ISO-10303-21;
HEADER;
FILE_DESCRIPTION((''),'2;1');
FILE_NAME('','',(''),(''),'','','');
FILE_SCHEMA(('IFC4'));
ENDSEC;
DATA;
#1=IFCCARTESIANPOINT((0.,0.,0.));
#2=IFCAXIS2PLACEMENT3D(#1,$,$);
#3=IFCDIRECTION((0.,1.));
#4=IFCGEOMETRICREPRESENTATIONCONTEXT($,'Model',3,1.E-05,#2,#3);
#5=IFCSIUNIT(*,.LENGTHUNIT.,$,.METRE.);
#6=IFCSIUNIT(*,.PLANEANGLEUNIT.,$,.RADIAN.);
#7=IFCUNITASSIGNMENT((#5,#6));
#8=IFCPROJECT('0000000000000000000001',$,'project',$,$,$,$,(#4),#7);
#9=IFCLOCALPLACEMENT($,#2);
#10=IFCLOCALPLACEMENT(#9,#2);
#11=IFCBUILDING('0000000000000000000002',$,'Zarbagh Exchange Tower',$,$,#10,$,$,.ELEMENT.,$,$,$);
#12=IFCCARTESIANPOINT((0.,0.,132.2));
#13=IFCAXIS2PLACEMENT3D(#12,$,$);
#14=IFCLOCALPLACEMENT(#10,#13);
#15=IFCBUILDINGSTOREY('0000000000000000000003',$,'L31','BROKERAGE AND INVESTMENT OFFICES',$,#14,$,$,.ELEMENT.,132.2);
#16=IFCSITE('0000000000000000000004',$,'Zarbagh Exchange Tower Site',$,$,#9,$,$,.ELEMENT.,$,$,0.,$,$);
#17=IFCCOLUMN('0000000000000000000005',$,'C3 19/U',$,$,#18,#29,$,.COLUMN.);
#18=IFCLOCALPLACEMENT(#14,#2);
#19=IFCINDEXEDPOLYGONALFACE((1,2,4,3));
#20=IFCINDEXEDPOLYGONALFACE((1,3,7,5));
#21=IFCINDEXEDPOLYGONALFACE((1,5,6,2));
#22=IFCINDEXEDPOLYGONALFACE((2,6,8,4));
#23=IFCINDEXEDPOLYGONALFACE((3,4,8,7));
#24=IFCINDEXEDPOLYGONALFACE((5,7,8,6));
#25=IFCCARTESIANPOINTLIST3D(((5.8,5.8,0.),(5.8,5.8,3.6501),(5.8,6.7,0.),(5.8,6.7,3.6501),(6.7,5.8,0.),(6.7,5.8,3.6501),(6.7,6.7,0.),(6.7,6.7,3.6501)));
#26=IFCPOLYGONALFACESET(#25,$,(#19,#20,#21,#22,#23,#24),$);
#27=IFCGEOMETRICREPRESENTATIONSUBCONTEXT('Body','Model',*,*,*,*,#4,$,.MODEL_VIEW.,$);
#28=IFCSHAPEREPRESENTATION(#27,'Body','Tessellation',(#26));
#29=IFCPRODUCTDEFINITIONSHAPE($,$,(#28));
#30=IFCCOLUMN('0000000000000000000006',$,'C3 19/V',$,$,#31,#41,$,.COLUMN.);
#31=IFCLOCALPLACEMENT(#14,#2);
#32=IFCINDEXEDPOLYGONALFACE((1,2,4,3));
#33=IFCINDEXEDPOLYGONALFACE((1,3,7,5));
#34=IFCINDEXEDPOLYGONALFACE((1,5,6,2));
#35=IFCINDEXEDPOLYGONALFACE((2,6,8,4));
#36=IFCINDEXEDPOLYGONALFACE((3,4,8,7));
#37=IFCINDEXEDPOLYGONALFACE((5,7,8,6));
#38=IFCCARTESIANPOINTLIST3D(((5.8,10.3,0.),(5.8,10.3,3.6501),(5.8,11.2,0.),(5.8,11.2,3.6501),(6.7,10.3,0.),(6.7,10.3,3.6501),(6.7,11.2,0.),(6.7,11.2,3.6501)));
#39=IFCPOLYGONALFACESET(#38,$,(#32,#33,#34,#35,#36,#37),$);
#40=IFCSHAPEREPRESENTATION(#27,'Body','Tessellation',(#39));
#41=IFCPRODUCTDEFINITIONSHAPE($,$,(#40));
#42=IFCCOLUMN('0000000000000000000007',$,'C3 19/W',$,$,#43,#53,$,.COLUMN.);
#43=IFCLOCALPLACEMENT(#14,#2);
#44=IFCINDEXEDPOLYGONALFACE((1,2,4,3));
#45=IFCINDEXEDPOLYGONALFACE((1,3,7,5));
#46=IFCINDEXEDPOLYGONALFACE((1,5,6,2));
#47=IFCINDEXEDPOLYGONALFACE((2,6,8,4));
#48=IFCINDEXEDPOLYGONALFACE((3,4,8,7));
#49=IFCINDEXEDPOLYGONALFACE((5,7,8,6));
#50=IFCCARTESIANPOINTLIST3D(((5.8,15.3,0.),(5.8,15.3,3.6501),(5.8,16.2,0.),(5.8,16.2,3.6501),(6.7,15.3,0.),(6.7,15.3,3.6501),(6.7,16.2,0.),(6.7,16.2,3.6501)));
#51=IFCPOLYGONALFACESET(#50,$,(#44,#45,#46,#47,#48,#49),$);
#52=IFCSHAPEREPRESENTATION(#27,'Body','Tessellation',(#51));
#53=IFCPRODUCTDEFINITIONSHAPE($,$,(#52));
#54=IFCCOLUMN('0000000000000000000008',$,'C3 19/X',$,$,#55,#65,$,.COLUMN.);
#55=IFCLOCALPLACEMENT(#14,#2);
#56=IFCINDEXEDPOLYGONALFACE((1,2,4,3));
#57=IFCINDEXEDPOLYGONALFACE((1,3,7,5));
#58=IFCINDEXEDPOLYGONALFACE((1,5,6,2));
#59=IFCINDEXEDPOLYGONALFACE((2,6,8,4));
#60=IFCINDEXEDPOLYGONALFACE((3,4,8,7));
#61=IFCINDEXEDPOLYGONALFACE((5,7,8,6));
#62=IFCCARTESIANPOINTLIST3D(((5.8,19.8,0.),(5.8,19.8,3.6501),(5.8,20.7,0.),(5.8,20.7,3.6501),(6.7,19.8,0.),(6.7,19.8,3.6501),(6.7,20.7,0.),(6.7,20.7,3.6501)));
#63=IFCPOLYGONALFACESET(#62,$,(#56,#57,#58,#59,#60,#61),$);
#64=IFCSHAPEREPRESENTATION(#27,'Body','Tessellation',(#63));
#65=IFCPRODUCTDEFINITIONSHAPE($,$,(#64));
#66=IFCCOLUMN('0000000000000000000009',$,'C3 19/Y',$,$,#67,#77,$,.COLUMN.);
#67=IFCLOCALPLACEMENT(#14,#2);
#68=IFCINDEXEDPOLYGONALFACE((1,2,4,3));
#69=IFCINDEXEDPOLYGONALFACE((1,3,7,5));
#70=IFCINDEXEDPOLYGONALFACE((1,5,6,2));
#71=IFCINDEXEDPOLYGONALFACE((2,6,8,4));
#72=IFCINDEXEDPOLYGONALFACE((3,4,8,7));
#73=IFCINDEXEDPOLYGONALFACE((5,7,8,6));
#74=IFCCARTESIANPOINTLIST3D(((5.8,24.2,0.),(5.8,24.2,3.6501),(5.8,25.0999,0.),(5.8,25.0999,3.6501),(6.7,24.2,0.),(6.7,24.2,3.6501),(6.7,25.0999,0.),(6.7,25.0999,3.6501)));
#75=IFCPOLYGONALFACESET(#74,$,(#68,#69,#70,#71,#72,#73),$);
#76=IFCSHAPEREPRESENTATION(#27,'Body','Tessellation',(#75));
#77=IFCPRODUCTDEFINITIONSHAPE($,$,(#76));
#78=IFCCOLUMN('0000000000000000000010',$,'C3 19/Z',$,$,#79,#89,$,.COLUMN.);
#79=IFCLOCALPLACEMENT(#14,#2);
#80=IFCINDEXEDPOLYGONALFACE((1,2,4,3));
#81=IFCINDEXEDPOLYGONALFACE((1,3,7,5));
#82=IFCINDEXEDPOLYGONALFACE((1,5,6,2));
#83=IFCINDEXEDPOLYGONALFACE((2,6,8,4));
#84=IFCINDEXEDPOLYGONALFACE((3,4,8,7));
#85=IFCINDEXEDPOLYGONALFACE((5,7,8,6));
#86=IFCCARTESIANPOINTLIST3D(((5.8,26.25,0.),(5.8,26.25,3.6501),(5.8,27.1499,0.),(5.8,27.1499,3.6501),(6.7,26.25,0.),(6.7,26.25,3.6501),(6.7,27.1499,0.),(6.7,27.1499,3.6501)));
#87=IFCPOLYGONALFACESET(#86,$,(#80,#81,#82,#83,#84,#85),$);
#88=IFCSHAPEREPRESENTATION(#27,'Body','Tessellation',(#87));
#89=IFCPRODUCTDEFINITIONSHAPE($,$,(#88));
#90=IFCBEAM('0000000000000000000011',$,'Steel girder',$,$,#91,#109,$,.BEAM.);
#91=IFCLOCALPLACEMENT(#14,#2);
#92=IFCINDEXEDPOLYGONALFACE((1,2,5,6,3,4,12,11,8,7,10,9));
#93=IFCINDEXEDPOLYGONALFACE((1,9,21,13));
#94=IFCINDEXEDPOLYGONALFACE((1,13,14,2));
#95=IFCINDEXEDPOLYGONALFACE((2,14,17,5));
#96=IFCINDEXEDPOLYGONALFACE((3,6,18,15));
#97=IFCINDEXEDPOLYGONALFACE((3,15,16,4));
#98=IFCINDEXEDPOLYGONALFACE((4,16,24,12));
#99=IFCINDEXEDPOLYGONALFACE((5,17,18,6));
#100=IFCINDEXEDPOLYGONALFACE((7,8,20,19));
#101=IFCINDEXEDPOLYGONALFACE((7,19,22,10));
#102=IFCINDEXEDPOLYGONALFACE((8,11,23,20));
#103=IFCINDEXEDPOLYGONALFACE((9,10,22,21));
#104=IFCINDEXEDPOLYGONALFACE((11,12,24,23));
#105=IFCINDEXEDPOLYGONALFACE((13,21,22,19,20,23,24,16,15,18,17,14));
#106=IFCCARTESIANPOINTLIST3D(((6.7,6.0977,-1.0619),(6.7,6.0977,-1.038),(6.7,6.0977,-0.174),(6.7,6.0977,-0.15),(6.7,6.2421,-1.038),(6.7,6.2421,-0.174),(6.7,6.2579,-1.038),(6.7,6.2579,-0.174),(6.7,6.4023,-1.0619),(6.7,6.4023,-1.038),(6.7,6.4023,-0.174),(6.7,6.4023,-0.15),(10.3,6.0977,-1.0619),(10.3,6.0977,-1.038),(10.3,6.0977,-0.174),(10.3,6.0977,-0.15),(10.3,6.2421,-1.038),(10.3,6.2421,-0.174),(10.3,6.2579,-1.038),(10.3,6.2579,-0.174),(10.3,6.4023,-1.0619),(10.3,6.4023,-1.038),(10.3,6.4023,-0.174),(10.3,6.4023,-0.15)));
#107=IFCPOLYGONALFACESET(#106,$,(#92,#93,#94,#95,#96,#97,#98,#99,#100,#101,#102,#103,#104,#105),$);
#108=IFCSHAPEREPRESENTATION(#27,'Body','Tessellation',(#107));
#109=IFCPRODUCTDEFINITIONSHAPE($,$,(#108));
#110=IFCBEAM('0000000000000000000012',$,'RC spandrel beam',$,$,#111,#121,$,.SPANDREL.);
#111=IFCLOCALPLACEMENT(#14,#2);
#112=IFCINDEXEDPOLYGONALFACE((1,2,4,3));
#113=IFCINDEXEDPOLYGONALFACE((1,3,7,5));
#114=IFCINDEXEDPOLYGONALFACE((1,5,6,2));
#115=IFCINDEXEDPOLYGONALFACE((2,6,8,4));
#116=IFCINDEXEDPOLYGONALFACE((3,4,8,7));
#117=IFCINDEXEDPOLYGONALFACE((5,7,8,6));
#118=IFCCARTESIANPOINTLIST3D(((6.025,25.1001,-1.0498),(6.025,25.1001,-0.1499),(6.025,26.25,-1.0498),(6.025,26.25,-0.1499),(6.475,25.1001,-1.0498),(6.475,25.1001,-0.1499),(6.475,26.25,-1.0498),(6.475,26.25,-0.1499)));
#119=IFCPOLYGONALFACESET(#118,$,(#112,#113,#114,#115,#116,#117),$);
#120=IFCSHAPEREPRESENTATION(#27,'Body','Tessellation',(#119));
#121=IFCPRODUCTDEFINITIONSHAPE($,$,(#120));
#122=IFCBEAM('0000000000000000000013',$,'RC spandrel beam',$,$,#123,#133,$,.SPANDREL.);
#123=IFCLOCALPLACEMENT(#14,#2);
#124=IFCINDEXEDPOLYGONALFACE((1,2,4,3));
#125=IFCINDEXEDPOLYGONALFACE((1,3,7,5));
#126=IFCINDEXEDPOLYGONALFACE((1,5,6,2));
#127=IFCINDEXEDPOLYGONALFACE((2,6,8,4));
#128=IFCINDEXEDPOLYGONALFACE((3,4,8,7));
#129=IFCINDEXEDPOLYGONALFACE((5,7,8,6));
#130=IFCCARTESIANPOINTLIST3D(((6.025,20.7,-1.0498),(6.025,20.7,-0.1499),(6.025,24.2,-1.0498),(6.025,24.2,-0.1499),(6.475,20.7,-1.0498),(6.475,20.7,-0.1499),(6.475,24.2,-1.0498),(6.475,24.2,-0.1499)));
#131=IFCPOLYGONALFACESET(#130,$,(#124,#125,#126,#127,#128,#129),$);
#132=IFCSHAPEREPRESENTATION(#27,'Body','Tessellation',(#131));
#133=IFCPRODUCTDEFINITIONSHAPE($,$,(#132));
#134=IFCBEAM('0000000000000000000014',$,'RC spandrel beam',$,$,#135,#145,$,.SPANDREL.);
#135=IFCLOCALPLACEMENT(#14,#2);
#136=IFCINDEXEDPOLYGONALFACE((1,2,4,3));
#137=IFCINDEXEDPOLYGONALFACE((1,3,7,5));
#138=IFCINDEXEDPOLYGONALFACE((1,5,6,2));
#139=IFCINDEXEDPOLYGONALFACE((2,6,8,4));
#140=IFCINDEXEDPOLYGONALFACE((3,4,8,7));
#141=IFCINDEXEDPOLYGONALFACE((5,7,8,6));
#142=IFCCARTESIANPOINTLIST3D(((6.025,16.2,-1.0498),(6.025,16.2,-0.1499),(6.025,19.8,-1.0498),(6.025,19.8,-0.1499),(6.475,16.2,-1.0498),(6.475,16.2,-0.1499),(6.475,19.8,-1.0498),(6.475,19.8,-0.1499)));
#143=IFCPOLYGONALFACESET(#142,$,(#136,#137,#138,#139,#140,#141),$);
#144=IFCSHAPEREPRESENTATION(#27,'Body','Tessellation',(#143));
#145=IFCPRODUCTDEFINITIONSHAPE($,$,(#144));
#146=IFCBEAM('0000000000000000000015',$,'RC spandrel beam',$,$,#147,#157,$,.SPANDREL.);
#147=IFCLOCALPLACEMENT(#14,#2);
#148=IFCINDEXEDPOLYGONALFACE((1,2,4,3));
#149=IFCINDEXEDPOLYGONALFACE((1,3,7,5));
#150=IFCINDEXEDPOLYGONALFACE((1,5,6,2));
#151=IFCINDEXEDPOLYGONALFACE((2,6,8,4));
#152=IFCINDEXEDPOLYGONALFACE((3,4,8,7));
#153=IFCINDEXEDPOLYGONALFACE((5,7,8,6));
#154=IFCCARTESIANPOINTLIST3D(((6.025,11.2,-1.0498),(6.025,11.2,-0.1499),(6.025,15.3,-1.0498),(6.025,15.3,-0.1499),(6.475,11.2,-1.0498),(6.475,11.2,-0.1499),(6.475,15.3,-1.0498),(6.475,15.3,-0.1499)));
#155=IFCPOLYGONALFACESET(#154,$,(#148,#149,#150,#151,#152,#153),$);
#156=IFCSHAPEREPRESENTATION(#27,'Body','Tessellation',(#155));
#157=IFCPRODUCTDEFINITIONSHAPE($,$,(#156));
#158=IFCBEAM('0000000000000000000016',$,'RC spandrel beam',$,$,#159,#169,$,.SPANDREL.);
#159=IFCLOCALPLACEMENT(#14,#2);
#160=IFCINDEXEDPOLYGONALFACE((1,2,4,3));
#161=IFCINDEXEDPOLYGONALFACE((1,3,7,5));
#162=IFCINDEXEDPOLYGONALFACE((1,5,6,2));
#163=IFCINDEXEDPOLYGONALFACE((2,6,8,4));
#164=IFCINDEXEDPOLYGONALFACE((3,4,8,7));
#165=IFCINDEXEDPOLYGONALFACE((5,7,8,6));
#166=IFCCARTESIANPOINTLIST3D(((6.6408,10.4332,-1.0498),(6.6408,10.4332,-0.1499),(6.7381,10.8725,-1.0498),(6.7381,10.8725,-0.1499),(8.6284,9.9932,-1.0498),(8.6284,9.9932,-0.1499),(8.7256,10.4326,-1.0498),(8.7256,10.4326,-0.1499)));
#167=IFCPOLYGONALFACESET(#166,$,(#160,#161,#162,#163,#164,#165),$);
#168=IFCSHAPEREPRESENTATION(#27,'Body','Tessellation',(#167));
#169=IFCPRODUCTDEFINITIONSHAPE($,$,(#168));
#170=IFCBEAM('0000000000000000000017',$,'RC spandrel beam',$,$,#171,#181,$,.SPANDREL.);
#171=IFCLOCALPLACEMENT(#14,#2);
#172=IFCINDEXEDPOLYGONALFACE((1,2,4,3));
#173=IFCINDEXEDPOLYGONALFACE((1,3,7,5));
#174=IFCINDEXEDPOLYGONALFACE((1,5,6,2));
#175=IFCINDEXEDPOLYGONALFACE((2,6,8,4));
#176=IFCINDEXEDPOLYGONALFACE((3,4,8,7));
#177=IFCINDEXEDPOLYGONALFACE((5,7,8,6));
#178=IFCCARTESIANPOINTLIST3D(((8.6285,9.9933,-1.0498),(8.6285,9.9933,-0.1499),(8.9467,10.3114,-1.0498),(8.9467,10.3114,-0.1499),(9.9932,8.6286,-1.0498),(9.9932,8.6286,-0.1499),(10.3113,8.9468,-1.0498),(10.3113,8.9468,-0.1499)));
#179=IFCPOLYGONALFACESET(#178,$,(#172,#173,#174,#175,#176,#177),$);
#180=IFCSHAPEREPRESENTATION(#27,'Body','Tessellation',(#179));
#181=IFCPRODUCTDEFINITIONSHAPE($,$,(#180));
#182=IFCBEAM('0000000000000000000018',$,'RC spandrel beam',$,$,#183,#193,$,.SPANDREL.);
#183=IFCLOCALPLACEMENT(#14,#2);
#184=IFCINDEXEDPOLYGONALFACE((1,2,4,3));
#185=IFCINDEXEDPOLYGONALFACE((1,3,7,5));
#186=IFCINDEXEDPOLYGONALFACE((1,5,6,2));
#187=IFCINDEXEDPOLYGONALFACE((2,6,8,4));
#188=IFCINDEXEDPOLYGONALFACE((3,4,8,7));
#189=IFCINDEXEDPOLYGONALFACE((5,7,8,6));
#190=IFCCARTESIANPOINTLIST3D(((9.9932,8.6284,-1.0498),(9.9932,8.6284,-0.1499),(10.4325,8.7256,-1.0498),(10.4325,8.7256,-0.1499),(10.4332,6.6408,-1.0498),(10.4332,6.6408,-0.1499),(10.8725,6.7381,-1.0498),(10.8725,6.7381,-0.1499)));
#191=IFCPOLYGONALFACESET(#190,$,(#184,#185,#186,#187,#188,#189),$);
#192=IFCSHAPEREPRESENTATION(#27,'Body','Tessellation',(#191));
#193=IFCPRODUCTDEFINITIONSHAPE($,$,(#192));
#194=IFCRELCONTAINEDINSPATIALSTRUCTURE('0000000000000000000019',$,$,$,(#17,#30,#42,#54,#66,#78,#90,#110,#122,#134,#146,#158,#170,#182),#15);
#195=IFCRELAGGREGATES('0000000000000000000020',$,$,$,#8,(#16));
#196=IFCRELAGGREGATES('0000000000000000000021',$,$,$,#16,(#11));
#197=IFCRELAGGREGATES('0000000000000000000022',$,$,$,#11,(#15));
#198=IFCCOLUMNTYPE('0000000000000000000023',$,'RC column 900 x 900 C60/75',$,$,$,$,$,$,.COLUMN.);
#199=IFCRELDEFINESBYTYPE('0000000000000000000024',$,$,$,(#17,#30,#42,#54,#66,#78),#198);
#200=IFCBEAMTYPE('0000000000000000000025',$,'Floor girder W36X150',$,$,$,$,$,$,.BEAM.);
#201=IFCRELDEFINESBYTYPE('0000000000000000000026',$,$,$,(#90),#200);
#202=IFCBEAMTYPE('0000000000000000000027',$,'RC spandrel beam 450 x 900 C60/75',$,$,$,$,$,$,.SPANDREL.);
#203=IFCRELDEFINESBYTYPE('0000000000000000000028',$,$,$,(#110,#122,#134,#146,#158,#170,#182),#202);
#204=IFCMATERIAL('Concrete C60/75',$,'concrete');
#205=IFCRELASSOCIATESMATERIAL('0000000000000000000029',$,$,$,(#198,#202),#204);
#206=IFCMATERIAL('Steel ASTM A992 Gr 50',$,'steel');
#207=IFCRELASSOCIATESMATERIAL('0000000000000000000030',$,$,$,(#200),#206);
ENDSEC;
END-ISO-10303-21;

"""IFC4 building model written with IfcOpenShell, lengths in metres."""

from ifc_helpers import new_model, si_unit, direction, frame, origin, origin_2d, place, context, subcontext, project, spatial, rectangle, i_section, extrude, material, material_profile, profile_set, type_object, element, save


model = new_model("IFC4")

# Units and contexts
model_context = context("Model", 3, precision=1e-05, world=origin(), true_north=direction((0.0, 1.0)))
body_context = subcontext(model_context, "Body", "Model", "MODEL_VIEW")
ifc_project = project(units=[si_unit("LENGTHUNIT", "METRE"), si_unit("PLANEANGLEUNIT", "RADIAN")], contexts=[model_context])

# Site, building, storey
site_placement = place(None, origin())
site = spatial("IfcSite", under=ifc_project, at=site_placement, Name="Zarbagh Exchange Tower Site", CompositionType="ELEMENT", RefElevation=0.0)
building_placement = place(site_placement, origin())
building = spatial("IfcBuilding", under=site, at=building_placement, Name="Zarbagh Exchange Tower", CompositionType="ELEMENT")
storey_placement = place(building_placement, frame((0.0, 0.0, 132.2)))
storey = spatial("IfcBuildingStorey", under=building, at=storey_placement, Name="L31", Description="BROKERAGE AND INVESTMENT OFFICES", CompositionType="ELEMENT", Elevation=132.2)

# Columns
ifc_material_1 = material(Name="Concrete C60/75", Category="concrete")
ifc_material_profile_1 = material_profile(ifc_material_1, rectangle(XDim=0.8999, YDim=0.8999, at=origin_2d()), Name="RC column 900 x 900 C60/75")
ifc_profile_set_1 = profile_set([ifc_material_profile_1], Name="Concrete C60/75")
column_type = type_object("IfcColumnType", Name="RC column 900 x 900 C60/75", PredefinedType="COLUMN", material=ifc_profile_set_1)
for number, where, z_axis, x_axis, name in (
    (1, (6.25, 6.25, 0.0), (0.0, 0.0, 1.0), (1.0, 0.0, 0.0), "C3 19/U"),
    (2, (6.25, 10.75, 0.0), (0.0, 0.0, 1.0), (1.0, 0.0, 0.0), "C3 19/V"),
    (3, (6.25, 15.75, 0.0), (0.0, 0.0, 1.0), (1.0, 0.0, 0.0), "C3 19/W"),
    (4, (6.25, 20.25, 0.0), (0.0, 0.0, 1.0), (1.0, 0.0, 0.0), "C3 19/X"),
    (5, (6.25, 24.6499, 0.0), (0.0, 0.0, 1.0), (1.0, 0.0, 0.0), "C3 19/Y"),
    (6, (6.25, 26.7, 0.0), (0.0, 0.0, 1.0), (1.0, 0.0, 0.0), "C3 19/Z"),
):
    element("IfcColumn", number, at=place(storey_placement, frame(where, z_axis=z_axis, x_axis=x_axis)), inside=storey, type_object=column_type, Name=name, PredefinedType="COLUMN", context=body_context, shape_type="SweptSolid", body=[
        extrude(rectangle(XDim=0.8999, YDim=0.8999, at=origin_2d()), origin(), (0.0, 0.0, 1.0), 3.6501),
    ])

# Beams
ifc_material_2 = material(Name="Steel ASTM A992 Gr 50", Category="steel")
ifc_material_profile_2 = material_profile(ifc_material_2, i_section(OverallWidth=0.3047, OverallDepth=0.9119, WebThickness=0.0159, FlangeThickness=0.0239, at=origin_2d()), Name="W36X150")
ifc_profile_set_2 = profile_set([ifc_material_profile_2], Name="Steel ASTM A992 Gr 50")
beam_type_1 = type_object("IfcBeamType", Name="Floor girder W36X150", PredefinedType="BEAM", material=ifc_profile_set_2)
beam_1_placement = place(storey_placement, frame((6.7, 6.25, -0.606), z_axis=(1.0, 0.0, 0.0), x_axis=(0.0, 1.0, 0.0)))
element("IfcBeam", 7, at=beam_1_placement, inside=storey, type_object=beam_type_1, Name="Steel girder", PredefinedType="BEAM", context=body_context, shape_type="SweptSolid", body=[
    extrude(i_section(OverallWidth=0.3047, OverallDepth=0.9119, WebThickness=0.0159, FlangeThickness=0.0239, at=origin_2d()), origin(), (0.0, 0.0, 1.0), 3.6001),
])
ifc_material_profile_3 = material_profile(ifc_material_1, rectangle(XDim=0.45, YDim=0.8999, at=origin_2d()), Name="RC spandrel beam 450 x 900 C60/75")
ifc_profile_set_3 = profile_set([ifc_material_profile_3], Name="Concrete C60/75")
beam_type_2 = type_object("IfcBeamType", Name="RC spandrel beam 450 x 900 C60/75", PredefinedType="SPANDREL", material=ifc_profile_set_3)
beam_2_placement = place(storey_placement, frame((6.25, 26.25, -0.5999), z_axis=(0.0, -1.0, 0.0), x_axis=(1.0, 0.0, 0.0)))
element("IfcBeam", 8, at=beam_2_placement, inside=storey, type_object=beam_type_2, Name="RC spandrel beam", PredefinedType="SPANDREL", context=body_context, shape_type="SweptSolid", body=[
    extrude(rectangle(XDim=0.45, YDim=0.8999, at=origin_2d()), origin(), (0.0, 0.0, 1.0), 1.1499),
])
beam_3_placement = place(storey_placement, frame((6.25, 24.2, -0.5999), z_axis=(0.0, -1.0, 0.0), x_axis=(1.0, 0.0, 0.0)))
element("IfcBeam", 9, at=beam_3_placement, inside=storey, type_object=beam_type_2, Name="RC spandrel beam", PredefinedType="SPANDREL", context=body_context, shape_type="SweptSolid", body=[
    extrude(rectangle(XDim=0.45, YDim=0.8999, at=origin_2d()), origin(), (0.0, 0.0, 1.0), 3.5),
])
beam_4_placement = place(storey_placement, frame((6.25, 19.8, -0.5999), z_axis=(0.0, -1.0, 0.0), x_axis=(1.0, 0.0, 0.0)))
element("IfcBeam", 10, at=beam_4_placement, inside=storey, type_object=beam_type_2, Name="RC spandrel beam", PredefinedType="SPANDREL", context=body_context, shape_type="SweptSolid", body=[
    extrude(rectangle(XDim=0.45, YDim=0.8999, at=origin_2d()), origin(), (0.0, 0.0, 1.0), 3.6001),
])
beam_5_placement = place(storey_placement, frame((6.25, 15.3, -0.5999), z_axis=(0.0, -1.0, 0.0), x_axis=(1.0, 0.0, 0.0)))
element("IfcBeam", 11, at=beam_5_placement, inside=storey, type_object=beam_type_2, Name="RC spandrel beam", PredefinedType="SPANDREL", context=body_context, shape_type="SweptSolid", body=[
    extrude(rectangle(XDim=0.45, YDim=0.8999, at=origin_2d()), origin(), (0.0, 0.0, 1.0), 4.1001),
])
beam_6_placement = place(storey_placement, frame((6.6895, 10.6528, -0.5999), z_axis=(0.976367, -0.216118, 0.0), x_axis=(0.216118, 0.976367, 0.0)))
element("IfcBeam", 12, at=beam_6_placement, inside=storey, type_object=beam_type_2, Name="RC spandrel beam", PredefinedType="SPANDREL", context=body_context, shape_type="SweptSolid", body=[
    extrude(rectangle(XDim=0.45, YDim=0.8999, at=origin_2d()), origin(), (0.0, 0.0, 1.0), 2.0356),
])
beam_7_placement = place(storey_placement, frame((8.7876, 10.1523, -0.5999), z_axis=(0.707107, -0.707107, 0.0), x_axis=(0.707107, 0.707107, 0.0)))
element("IfcBeam", 13, at=beam_7_placement, inside=storey, type_object=beam_type_2, Name="RC spandrel beam", PredefinedType="SPANDREL", context=body_context, shape_type="SweptSolid", body=[
    extrude(rectangle(XDim=0.45, YDim=0.8999, at=origin_2d()), origin(), (0.0, 0.0, 1.0), 1.9299),
])
beam_8_placement = place(storey_placement, frame((10.2129, 8.677, -0.5999), z_axis=(0.216118, -0.976367, 0.0), x_axis=(0.976367, 0.216118, 0.0)))
element("IfcBeam", 14, at=beam_8_placement, inside=storey, type_object=beam_type_2, Name="RC spandrel beam", PredefinedType="SPANDREL", context=body_context, shape_type="SweptSolid", body=[
    extrude(rectangle(XDim=0.45, YDim=0.8999, at=origin_2d()), origin(), (0.0, 0.0, 1.0), 2.0356),
])

save(model, "model.ifc")
